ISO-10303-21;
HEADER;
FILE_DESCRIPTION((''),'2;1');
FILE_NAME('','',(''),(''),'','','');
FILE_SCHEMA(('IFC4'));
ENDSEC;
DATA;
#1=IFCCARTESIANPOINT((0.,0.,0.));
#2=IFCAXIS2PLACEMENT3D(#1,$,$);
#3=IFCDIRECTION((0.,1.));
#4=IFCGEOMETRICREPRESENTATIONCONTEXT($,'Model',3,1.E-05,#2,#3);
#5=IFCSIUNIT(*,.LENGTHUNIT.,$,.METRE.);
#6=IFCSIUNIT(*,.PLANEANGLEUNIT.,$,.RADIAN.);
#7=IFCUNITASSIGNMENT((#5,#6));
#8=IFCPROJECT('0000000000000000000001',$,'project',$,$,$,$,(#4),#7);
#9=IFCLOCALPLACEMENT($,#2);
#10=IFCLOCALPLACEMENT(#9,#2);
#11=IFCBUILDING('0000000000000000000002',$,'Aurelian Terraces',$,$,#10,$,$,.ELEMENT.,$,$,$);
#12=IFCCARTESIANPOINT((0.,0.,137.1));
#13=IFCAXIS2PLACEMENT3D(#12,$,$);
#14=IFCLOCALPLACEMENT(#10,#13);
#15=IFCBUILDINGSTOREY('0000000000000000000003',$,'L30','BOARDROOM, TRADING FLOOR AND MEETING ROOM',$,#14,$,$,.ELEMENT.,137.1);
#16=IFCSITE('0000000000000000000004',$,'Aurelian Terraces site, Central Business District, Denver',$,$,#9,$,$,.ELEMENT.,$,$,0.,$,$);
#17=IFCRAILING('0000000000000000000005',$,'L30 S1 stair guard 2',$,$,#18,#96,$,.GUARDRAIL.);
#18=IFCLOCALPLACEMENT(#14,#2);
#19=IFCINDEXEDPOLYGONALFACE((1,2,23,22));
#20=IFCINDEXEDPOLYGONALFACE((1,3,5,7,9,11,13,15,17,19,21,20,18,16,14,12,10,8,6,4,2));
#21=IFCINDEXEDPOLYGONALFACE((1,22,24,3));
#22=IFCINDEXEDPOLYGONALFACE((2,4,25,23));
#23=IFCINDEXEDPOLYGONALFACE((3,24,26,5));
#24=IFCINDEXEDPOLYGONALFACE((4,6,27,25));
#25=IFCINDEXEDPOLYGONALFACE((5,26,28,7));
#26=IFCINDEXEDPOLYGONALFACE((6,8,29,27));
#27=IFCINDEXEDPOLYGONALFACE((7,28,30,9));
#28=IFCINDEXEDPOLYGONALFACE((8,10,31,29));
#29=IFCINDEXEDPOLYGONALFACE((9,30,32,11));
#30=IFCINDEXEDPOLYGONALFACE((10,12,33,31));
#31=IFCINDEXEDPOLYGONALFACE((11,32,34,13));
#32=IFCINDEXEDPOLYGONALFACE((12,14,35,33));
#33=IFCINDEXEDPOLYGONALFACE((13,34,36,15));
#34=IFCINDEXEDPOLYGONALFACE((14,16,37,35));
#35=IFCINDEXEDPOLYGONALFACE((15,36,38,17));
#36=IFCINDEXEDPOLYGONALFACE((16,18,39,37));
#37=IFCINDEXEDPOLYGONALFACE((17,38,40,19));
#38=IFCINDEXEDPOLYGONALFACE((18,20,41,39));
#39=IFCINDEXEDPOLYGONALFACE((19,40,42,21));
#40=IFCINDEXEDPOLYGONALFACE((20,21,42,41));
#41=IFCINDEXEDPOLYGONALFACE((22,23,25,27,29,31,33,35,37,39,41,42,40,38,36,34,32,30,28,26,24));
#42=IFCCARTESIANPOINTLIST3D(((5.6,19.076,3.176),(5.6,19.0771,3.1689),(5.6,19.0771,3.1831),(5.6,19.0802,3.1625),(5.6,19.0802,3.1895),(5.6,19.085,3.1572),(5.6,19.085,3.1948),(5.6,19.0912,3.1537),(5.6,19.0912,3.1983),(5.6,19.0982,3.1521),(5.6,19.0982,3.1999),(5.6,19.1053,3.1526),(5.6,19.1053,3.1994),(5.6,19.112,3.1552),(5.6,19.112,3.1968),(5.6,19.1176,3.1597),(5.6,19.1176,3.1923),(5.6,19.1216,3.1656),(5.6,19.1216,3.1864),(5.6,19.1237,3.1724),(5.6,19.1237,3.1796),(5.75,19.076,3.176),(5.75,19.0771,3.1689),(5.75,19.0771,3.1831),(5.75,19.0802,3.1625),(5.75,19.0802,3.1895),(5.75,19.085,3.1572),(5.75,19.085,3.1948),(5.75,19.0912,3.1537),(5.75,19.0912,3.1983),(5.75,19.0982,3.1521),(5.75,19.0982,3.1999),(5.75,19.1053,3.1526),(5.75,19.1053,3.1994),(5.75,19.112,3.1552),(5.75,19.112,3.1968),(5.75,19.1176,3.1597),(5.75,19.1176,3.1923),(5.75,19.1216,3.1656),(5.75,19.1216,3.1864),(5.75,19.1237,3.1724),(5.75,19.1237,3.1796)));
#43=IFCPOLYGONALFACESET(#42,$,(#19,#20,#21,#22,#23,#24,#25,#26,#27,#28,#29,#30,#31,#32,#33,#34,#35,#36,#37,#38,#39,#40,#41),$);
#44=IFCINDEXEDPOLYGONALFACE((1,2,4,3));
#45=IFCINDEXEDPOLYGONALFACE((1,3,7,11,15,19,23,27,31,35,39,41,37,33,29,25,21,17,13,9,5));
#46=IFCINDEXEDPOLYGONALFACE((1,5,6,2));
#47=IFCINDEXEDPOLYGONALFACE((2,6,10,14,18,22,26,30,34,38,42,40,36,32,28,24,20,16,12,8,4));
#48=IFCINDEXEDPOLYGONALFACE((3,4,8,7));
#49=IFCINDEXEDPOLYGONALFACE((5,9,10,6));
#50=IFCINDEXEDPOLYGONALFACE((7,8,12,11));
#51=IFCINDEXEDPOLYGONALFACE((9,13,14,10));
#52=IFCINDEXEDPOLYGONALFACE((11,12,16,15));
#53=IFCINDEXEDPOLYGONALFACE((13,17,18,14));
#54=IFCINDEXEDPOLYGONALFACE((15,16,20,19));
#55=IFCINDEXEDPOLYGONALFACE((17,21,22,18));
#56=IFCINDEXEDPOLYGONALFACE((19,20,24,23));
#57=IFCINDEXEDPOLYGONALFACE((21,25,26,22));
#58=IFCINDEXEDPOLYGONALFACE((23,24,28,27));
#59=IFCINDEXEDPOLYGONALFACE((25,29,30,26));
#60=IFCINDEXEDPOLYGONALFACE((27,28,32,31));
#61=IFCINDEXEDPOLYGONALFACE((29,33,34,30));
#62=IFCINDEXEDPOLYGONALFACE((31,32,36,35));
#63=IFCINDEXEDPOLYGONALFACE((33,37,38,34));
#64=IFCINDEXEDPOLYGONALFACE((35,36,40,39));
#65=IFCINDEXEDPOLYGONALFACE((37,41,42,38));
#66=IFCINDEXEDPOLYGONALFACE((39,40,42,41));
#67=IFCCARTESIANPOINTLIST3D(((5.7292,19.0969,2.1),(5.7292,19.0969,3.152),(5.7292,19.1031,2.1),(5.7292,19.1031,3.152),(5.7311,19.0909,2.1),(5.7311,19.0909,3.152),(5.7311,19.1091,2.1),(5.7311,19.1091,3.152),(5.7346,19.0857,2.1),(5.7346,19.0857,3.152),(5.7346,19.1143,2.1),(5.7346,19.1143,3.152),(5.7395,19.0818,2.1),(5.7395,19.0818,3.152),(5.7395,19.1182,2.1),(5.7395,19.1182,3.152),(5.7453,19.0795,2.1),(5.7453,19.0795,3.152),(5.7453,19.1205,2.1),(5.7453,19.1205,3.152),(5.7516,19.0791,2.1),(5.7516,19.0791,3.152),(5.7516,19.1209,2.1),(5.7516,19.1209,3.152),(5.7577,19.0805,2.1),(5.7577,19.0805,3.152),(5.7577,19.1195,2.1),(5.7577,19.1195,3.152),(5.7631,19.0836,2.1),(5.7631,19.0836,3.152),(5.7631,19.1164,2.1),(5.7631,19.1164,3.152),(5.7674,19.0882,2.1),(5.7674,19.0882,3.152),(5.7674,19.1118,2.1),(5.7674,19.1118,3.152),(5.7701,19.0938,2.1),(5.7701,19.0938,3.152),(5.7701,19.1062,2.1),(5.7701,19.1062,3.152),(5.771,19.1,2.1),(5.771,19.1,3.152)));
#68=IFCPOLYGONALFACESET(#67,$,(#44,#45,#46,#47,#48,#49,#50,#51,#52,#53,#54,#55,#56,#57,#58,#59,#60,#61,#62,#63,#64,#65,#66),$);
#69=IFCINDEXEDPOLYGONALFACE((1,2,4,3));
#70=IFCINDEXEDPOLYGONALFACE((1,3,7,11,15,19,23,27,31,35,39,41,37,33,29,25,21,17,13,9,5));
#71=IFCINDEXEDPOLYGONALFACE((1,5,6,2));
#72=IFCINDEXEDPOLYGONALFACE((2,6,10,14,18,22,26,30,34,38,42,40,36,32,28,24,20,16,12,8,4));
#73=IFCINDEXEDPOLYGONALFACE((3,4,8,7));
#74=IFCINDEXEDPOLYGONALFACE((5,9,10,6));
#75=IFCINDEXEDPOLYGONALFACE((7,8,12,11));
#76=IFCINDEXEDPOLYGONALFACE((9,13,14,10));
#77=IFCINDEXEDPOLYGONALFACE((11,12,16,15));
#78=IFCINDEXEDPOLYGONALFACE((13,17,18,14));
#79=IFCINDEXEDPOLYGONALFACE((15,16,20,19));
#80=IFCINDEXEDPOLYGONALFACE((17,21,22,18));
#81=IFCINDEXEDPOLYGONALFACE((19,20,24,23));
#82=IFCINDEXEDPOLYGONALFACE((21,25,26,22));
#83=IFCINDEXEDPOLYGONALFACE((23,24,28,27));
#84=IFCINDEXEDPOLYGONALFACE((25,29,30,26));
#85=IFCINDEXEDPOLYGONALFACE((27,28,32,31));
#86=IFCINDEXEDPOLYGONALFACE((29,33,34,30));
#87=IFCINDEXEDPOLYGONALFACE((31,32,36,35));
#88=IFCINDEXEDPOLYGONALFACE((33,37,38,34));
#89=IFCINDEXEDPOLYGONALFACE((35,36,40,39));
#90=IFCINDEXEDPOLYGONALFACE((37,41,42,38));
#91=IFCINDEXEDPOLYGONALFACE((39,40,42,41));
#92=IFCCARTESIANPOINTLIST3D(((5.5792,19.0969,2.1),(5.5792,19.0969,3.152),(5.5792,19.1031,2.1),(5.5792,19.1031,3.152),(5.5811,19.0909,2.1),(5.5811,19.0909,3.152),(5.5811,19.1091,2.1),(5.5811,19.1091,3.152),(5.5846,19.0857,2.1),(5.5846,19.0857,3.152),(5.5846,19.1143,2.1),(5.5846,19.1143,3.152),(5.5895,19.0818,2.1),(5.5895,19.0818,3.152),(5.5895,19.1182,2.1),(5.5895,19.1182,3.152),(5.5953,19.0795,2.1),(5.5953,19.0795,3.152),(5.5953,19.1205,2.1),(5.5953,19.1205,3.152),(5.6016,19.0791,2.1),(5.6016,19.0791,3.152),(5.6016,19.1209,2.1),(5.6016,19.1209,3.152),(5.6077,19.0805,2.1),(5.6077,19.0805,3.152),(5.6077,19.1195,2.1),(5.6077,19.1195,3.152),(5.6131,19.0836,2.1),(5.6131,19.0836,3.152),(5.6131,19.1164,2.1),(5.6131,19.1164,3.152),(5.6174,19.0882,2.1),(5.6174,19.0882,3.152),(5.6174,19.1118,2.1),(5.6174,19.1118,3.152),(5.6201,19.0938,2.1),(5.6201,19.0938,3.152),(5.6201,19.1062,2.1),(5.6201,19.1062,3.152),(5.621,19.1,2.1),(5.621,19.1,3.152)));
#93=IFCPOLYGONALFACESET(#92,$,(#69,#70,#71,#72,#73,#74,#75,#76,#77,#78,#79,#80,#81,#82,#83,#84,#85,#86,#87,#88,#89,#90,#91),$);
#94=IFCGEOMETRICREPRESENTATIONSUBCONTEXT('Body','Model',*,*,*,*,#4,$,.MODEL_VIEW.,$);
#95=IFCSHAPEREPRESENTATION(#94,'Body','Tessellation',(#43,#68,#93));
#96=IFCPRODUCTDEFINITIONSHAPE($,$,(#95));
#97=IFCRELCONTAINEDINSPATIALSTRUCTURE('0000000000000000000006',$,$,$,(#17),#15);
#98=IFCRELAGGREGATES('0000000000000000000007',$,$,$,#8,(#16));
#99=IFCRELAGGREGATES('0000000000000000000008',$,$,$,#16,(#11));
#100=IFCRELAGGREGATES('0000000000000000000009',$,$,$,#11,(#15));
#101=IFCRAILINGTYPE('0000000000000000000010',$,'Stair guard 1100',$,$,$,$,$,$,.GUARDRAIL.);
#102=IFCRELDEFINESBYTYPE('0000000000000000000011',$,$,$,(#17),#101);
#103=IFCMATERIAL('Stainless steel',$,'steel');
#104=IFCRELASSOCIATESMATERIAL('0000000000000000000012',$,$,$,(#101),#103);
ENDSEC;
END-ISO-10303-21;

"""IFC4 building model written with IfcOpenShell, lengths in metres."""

from ifc_helpers import new_model, si_unit, direction, frame, origin, origin_2d, place, context, subcontext, project, spatial, circle, extrude, source, transform, mapped, material, type_object, element, save


model = new_model("IFC4")

# Units and contexts
model_context = context("Model", 3, precision=1e-05, world=origin(), true_north=direction((0.0, 1.0)))
body_context = subcontext(model_context, "Body", "Model", "MODEL_VIEW")
ifc_project = project(units=[si_unit("LENGTHUNIT", "METRE"), si_unit("PLANEANGLEUNIT", "RADIAN")], contexts=[model_context])

# Site, building, storey
site_placement = place(None, origin())
site = spatial("IfcSite", under=ifc_project, at=site_placement, Name="Aurelian Terraces site, Central Business District, Denver", CompositionType="ELEMENT", RefElevation=0.0)
building_placement = place(site_placement, origin())
building = spatial("IfcBuilding", under=site, at=building_placement, Name="Aurelian Terraces", CompositionType="ELEMENT")
storey_placement = place(building_placement, frame((0.0, 0.0, 137.1)))
storey = spatial("IfcBuildingStorey", under=building, at=storey_placement, Name="L30", Description="BOARDROOM, TRADING FLOOR AND MEETING ROOM", CompositionType="ELEMENT", Elevation=137.1)

# Railing
ifc_material_1 = material(Name="Stainless steel", Category="steel")
railing_type_1 = type_object("IfcRailingType", Name="Stair guard 1100", PredefinedType="GUARDRAIL", material=ifc_material_1)
shared_shape_1 = source(origin(), body_context, "Body", "SweptSolid", [
    extrude(circle(Radius=0.024, at=origin_2d()), frame((0.0, 0.0, 1.076), z_axis=(-1.0, 0.0, 0.0), x_axis=(0.0, -1.0, 0.0)), (0.0, 0.0, 1.0), 0.15),
    extrude(circle(Radius=0.021, at=origin_2d()), origin(), (0.0, 0.0, 1.0), 1.052),
    extrude(circle(Radius=0.021, at=origin_2d()), frame((-0.15, 0.0, 0.0)), (0.0, 0.0, 1.0), 1.052),
])
railing_1_placement = place(storey_placement, frame((5.75, 19.1, 2.1)))
element("IfcRailing", 1, at=railing_1_placement, inside=storey, type_object=railing_type_1, Name="L30 S1 stair guard 2", PredefinedType="GUARDRAIL", context=body_context, shape_type="MappedRepresentation", body=[
    mapped(shared_shape_1, transform((0.0, 0.0, 0.0), scale=1.0)),
])

save(model, "model.ifc")
